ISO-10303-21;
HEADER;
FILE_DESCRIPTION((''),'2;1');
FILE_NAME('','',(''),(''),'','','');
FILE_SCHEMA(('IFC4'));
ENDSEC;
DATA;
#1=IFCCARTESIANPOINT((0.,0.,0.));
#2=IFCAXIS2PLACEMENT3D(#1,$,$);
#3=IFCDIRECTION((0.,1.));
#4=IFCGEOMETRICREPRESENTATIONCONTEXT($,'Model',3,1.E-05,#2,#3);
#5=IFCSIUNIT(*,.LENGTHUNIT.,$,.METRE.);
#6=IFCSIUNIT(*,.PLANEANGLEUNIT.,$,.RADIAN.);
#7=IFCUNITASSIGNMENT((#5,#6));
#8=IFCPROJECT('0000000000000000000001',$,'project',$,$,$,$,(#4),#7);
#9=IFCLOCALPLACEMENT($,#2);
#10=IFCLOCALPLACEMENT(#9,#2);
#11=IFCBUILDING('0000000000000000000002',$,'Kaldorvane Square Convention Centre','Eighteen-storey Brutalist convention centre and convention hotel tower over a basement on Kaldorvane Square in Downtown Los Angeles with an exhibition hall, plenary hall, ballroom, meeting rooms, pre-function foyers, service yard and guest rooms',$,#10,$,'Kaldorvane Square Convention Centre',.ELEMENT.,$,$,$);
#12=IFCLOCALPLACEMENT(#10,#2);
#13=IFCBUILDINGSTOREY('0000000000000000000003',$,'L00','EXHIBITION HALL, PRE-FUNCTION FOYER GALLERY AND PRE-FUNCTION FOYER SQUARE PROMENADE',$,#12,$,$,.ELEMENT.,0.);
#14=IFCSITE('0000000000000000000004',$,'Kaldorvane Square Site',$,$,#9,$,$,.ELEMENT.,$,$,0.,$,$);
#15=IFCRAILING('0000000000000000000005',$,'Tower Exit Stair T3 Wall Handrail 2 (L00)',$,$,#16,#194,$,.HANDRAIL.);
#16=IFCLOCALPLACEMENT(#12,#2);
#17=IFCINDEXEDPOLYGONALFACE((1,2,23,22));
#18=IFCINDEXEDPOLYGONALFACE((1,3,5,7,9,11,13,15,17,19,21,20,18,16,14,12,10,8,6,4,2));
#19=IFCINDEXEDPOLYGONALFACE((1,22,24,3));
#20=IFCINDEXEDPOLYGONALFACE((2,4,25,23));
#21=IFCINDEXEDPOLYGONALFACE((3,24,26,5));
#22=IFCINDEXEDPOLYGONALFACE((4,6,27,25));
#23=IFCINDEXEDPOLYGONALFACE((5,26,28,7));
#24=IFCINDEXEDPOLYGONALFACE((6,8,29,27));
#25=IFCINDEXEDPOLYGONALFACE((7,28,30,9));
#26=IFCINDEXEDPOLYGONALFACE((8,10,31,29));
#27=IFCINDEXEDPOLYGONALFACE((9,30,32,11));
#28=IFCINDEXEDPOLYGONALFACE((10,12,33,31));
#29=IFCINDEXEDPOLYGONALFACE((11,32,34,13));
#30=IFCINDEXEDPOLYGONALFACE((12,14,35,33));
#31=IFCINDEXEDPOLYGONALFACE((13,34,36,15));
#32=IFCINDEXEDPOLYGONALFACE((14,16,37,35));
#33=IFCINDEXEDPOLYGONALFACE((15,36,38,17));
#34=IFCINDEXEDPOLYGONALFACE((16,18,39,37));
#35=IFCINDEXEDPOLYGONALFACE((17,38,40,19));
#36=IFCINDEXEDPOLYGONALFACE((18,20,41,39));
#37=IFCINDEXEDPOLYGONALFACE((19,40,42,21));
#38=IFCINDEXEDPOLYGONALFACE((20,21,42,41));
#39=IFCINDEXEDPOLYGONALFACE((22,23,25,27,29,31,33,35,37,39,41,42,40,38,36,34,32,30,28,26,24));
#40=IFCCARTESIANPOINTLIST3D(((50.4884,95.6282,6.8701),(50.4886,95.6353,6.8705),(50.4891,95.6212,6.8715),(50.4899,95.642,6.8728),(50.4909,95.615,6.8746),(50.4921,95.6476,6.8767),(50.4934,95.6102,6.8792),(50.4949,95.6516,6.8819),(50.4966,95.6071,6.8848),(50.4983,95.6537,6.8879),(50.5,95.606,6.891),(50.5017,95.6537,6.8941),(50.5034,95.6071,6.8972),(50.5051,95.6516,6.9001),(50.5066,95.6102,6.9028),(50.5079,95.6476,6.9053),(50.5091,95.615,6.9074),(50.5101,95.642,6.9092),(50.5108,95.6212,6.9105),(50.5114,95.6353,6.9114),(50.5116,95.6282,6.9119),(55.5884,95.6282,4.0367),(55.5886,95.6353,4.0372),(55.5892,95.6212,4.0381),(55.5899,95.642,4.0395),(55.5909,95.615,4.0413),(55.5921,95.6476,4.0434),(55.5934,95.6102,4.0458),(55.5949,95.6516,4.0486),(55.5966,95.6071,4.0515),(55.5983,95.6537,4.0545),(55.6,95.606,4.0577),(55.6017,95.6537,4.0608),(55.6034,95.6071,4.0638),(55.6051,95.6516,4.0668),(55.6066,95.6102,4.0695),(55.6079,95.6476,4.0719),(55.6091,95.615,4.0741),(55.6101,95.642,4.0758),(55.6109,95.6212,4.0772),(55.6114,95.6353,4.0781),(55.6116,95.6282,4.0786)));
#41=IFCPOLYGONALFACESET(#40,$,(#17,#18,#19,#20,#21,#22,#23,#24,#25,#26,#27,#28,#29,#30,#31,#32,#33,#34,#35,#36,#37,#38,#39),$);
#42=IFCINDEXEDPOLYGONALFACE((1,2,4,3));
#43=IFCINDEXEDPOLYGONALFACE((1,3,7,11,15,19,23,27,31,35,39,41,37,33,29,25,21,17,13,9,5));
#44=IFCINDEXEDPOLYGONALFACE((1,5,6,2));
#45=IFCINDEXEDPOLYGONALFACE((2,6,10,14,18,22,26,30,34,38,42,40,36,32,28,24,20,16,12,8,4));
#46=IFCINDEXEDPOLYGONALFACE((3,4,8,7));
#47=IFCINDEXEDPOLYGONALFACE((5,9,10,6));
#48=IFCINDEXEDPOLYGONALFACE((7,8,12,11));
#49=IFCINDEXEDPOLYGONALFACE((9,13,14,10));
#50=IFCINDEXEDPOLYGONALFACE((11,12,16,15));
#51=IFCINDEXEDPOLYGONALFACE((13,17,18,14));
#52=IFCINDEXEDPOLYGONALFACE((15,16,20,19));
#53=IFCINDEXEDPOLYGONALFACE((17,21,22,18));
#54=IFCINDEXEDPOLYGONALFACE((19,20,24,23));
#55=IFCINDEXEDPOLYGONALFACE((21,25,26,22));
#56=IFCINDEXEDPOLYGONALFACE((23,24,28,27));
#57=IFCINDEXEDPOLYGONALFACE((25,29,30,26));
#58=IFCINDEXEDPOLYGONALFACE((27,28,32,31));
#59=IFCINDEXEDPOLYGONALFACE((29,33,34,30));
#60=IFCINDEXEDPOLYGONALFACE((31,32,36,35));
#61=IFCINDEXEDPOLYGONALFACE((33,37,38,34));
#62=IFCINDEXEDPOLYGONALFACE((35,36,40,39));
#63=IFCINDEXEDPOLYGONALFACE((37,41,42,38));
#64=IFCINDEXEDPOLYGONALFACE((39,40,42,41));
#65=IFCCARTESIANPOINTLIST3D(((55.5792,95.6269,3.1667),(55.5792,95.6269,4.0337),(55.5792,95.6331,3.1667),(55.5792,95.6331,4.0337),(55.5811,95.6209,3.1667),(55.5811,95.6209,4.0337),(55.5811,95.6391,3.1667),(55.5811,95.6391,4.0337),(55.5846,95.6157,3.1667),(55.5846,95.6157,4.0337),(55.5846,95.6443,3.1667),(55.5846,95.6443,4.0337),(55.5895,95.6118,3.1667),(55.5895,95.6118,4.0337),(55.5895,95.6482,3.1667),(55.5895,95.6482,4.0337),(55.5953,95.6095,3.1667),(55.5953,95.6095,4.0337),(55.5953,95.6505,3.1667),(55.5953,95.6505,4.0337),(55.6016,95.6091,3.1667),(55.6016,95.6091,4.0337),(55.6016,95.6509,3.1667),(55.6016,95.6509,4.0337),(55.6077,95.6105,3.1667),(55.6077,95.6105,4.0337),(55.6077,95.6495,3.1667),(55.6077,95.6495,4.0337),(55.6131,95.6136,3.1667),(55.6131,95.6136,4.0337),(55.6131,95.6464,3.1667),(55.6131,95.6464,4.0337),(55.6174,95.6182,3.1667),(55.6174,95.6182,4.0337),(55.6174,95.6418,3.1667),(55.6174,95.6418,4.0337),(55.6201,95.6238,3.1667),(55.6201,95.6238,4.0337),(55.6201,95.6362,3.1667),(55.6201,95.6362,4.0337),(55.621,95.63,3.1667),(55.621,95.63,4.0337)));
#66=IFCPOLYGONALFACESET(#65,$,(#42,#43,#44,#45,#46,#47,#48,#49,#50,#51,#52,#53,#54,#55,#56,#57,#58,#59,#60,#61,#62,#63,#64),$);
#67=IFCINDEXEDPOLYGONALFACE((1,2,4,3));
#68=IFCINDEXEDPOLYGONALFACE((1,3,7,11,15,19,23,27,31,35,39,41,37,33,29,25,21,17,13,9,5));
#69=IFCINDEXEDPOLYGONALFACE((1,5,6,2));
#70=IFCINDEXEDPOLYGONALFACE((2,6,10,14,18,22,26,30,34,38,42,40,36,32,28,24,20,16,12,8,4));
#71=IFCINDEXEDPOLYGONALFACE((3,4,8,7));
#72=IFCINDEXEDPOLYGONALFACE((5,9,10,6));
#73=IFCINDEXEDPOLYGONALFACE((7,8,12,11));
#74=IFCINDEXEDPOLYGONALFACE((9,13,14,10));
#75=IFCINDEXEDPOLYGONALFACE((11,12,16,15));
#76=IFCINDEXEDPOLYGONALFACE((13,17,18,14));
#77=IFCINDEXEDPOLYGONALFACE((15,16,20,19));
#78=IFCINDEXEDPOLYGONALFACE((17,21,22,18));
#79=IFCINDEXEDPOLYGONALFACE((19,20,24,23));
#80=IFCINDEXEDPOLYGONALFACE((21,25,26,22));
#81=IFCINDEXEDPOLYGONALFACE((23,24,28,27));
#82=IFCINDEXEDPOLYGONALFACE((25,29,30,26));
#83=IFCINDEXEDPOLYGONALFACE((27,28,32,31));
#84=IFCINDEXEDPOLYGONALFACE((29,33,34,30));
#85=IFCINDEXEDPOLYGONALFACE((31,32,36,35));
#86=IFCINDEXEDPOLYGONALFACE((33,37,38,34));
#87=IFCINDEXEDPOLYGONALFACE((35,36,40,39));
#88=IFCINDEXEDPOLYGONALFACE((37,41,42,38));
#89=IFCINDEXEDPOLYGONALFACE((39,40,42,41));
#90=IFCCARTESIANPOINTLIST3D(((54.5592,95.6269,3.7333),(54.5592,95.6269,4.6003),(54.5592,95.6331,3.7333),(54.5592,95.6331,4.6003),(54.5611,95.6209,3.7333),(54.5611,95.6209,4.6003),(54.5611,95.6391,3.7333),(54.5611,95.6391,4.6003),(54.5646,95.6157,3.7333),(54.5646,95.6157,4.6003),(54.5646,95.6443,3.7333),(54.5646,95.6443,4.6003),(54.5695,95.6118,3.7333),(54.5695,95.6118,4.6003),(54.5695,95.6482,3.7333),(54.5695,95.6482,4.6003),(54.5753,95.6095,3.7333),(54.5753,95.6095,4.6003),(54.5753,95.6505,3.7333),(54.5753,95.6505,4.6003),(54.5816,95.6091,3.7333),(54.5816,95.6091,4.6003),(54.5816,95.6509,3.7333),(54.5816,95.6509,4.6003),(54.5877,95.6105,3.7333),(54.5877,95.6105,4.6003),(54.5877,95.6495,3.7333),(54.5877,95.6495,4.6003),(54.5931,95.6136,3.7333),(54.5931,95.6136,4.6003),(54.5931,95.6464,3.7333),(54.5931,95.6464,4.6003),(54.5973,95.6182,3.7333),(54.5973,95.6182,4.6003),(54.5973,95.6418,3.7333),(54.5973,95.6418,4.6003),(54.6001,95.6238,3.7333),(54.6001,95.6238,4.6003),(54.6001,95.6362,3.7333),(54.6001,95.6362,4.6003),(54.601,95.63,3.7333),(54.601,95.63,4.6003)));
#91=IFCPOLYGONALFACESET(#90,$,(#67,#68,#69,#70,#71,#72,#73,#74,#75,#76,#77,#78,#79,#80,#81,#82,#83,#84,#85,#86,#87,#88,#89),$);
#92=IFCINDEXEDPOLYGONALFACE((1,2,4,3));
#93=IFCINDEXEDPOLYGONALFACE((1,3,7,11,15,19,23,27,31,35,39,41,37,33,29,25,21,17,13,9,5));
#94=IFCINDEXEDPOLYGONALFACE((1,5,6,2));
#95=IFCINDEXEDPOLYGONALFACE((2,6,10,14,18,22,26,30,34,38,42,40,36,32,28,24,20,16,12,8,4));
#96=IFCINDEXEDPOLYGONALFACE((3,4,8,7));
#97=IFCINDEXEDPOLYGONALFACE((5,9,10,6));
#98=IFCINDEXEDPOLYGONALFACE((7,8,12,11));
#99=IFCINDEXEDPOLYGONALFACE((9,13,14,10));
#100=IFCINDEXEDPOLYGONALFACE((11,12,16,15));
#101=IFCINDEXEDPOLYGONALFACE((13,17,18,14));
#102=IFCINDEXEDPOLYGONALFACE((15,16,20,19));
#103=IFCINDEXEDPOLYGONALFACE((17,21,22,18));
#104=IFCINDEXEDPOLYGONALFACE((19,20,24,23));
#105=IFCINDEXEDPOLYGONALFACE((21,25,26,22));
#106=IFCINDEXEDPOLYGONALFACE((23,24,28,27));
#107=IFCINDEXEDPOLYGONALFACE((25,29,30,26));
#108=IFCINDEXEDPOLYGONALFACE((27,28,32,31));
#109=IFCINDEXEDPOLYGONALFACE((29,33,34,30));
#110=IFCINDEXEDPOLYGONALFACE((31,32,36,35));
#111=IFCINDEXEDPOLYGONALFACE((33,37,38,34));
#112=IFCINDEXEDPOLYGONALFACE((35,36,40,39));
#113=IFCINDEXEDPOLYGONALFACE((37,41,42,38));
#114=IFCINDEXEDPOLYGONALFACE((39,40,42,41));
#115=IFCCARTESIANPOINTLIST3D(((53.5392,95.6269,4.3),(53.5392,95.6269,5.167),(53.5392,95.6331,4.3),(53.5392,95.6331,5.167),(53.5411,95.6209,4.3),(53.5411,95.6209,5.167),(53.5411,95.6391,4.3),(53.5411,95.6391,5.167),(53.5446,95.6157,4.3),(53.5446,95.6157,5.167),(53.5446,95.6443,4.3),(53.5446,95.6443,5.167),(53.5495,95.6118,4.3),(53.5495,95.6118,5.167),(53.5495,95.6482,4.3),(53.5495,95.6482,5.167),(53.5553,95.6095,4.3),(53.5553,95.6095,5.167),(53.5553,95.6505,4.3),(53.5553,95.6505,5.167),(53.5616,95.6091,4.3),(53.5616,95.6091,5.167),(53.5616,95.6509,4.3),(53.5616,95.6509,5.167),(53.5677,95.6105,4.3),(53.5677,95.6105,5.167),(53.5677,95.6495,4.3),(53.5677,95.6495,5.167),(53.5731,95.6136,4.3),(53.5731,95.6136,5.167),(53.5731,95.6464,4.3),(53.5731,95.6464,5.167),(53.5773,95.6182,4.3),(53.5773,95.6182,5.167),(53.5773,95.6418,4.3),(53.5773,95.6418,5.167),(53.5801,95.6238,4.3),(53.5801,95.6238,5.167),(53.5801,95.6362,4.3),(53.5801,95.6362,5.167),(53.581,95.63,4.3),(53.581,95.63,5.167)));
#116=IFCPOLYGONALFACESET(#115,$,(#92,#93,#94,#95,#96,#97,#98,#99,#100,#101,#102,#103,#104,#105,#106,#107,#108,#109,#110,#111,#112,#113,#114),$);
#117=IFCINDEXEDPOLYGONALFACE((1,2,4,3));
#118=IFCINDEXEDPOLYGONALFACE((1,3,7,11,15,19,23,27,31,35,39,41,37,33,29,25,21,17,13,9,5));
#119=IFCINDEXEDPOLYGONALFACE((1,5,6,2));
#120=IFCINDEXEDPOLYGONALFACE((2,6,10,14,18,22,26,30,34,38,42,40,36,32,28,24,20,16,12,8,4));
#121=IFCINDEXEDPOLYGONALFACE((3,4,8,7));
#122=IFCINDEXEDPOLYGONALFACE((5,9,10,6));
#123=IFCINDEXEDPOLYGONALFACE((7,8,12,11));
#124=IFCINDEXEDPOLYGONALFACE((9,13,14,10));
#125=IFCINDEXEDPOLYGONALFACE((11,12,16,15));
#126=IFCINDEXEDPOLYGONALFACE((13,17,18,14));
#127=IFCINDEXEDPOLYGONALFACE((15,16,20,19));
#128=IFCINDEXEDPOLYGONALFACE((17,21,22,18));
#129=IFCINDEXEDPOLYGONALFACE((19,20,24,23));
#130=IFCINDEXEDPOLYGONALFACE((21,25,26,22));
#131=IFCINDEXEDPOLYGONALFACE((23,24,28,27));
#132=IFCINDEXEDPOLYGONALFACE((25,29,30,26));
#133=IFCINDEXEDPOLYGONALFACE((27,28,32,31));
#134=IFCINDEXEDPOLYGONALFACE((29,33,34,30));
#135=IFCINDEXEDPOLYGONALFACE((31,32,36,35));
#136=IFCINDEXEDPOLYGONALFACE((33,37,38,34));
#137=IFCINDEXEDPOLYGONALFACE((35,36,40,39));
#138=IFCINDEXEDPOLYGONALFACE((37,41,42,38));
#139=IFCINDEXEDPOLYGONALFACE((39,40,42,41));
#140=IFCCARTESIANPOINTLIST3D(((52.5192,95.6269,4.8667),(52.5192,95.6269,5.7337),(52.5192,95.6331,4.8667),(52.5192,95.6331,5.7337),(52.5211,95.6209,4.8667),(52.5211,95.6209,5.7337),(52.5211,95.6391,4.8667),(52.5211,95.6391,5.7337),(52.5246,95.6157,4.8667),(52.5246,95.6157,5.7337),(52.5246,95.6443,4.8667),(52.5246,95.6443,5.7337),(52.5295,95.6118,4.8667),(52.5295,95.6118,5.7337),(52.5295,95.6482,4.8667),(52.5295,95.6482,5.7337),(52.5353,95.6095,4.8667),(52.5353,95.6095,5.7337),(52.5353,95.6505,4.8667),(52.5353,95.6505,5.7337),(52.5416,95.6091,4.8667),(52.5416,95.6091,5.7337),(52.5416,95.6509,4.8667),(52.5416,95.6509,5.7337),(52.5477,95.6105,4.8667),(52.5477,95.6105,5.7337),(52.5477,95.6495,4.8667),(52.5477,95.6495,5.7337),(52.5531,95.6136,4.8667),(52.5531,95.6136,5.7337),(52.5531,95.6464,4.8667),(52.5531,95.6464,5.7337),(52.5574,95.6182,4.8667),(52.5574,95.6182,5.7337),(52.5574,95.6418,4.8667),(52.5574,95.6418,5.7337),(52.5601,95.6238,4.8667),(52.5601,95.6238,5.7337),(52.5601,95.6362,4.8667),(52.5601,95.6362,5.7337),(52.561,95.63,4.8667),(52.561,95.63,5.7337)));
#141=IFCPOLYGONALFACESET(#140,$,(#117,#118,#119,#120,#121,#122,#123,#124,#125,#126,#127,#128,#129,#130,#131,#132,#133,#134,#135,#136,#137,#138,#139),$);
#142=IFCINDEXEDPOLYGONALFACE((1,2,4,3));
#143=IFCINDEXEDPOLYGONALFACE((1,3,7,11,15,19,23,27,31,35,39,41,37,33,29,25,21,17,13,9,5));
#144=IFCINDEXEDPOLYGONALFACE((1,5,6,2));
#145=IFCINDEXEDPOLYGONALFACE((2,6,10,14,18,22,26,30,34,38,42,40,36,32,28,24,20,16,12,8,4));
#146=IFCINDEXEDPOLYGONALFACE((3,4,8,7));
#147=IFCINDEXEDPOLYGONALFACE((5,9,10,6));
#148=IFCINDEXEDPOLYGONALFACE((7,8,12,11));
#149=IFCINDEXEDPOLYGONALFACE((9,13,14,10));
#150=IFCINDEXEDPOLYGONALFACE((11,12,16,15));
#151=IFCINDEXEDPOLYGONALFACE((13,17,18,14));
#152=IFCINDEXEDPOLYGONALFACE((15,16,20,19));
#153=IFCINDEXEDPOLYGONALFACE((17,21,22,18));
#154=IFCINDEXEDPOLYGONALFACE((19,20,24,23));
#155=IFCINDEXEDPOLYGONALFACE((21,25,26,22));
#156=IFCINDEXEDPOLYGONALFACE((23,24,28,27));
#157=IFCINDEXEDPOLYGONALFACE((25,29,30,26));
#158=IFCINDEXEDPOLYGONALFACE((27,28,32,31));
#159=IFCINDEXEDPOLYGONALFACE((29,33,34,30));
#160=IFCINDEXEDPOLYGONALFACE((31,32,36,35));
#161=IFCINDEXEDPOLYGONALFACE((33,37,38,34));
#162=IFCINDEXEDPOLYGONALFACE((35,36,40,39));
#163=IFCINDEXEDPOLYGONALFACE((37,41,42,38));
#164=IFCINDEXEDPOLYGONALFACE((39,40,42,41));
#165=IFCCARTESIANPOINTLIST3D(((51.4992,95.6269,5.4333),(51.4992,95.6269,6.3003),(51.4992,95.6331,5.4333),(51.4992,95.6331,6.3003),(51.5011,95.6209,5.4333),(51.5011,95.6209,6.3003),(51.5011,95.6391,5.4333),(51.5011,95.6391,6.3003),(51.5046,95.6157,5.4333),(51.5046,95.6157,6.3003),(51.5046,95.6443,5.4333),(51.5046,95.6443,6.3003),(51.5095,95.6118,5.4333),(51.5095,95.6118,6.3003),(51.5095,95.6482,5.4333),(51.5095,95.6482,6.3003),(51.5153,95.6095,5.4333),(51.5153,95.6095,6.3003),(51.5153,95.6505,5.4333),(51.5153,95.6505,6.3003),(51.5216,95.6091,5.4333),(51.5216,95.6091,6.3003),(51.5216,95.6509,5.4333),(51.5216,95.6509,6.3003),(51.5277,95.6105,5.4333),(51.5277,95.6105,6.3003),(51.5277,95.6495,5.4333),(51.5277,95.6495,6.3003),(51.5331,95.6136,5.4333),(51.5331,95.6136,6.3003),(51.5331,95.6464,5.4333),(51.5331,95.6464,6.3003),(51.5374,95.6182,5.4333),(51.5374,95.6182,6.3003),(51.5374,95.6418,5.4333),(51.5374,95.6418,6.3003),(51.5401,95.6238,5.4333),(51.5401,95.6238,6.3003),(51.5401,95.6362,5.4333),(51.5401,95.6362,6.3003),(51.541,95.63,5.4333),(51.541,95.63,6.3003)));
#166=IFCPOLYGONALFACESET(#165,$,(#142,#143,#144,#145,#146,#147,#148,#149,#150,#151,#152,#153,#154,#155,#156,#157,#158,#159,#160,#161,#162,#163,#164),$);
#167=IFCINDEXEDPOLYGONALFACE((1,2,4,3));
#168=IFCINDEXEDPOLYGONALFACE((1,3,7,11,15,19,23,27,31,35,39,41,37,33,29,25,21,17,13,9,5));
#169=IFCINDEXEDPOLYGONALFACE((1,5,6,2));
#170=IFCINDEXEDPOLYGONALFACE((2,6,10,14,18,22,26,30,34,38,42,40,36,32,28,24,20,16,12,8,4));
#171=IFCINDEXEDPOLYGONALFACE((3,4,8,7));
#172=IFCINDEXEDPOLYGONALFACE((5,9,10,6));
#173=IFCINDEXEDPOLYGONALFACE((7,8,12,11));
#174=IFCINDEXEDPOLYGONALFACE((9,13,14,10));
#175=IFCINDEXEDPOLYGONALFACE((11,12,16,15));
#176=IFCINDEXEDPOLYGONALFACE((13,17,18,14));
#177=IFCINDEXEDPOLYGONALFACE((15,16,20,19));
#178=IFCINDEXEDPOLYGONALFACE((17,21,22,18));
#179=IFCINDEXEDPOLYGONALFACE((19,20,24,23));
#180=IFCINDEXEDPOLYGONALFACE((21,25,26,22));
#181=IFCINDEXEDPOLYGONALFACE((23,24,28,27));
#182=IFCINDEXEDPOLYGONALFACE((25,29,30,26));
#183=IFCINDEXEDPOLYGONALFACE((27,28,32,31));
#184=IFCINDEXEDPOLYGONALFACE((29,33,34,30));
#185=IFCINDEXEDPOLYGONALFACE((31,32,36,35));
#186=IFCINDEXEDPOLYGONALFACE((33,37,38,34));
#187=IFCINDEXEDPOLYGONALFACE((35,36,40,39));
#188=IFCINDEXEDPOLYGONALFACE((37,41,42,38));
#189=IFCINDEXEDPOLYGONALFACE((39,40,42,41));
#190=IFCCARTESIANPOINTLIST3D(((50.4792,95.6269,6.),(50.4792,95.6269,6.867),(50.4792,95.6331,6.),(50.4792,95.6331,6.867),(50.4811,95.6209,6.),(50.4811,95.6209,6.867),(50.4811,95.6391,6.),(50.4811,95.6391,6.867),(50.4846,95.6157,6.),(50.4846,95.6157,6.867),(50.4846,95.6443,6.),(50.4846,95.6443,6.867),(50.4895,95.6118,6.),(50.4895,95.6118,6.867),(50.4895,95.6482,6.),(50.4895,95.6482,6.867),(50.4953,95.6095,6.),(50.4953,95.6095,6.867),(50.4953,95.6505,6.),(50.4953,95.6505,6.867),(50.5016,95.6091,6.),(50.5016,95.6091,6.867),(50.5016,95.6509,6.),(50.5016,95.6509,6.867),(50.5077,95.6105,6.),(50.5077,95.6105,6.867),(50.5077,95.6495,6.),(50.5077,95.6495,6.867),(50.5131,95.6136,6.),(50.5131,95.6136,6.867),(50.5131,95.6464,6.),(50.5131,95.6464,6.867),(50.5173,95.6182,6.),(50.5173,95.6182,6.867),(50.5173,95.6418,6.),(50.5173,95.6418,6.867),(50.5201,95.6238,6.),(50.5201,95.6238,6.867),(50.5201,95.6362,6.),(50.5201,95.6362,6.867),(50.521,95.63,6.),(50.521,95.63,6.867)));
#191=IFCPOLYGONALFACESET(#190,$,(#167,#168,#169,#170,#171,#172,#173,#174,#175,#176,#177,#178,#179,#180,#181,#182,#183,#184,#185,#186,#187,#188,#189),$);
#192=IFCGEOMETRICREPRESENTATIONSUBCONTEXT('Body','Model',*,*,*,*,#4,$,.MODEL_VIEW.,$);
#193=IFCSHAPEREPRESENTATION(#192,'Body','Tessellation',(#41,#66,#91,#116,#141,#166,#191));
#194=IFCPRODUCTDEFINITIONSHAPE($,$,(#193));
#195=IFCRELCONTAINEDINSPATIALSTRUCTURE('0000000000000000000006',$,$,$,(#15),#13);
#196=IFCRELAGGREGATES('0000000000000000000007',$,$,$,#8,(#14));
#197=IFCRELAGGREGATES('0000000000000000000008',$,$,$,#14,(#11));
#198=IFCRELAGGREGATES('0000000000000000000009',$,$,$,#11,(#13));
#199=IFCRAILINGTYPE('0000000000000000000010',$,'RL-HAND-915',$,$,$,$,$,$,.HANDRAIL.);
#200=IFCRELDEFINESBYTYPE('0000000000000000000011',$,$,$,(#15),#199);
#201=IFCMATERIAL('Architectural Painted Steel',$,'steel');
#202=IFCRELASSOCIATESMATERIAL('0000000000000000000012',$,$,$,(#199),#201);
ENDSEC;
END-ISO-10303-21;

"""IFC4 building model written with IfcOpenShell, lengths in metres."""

from ifc_helpers import new_model, si_unit, direction, frame, origin, origin_2d, place, context, subcontext, project, spatial, circle, extrude, material, type_object, element, save


model = new_model("IFC4")

# Units and contexts
model_context = context("Model", 3, precision=1e-05, world=origin(), true_north=direction((0.0, 1.0)))
body_context = subcontext(model_context, "Body", "Model", "MODEL_VIEW")
ifc_project = project(units=[si_unit("LENGTHUNIT", "METRE"), si_unit("PLANEANGLEUNIT", "RADIAN")], contexts=[model_context])

# Site, building, storey
site_placement = place(None, origin())
site = spatial("IfcSite", under=ifc_project, at=site_placement, Name="Kaldorvane Square Site", CompositionType="ELEMENT", RefElevation=0.0)
building_placement = place(site_placement, origin())
building = spatial("IfcBuilding", under=site, at=building_placement, Name="Kaldorvane Square Convention Centre", Description="Eighteen-storey Brutalist convention centre and convention hotel tower over a basement on Kaldorvane Square in Downtown Los Angeles with an exhibition hall, plenary hall, ballroom, meeting rooms, pre-function foyers, service yard and guest rooms", LongName="Kaldorvane Square Convention Centre", CompositionType="ELEMENT")
storey_placement = place(building_placement, origin())
storey = spatial("IfcBuildingStorey", under=building, at=storey_placement, Name="L00", Description="EXHIBITION HALL, PRE-FUNCTION FOYER GALLERY AND PRE-FUNCTION FOYER SQUARE PROMENADE", CompositionType="ELEMENT", Elevation=0.0)

# Railing
ifc_material_1 = material(Name="Architectural Painted Steel", Category="steel")
railing_type_1 = type_object("IfcRailingType", Name="RL-HAND-915", PredefinedType="HANDRAIL", material=ifc_material_1)
railing_1_placement = place(storey_placement, frame((55.6, 95.63, 3.1667)))
element("IfcRailing", 1, at=railing_1_placement, inside=storey, type_object=railing_type_1, Name="Tower Exit Stair T3 Wall Handrail 2 (L00)", PredefinedType="HANDRAIL", context=body_context, shape_type="SweptSolid", body=[
    extrude(circle(Radius=0.024, at=origin_2d()), frame((0.0, 0.0, 0.891), z_axis=(-0.874158, 0.0, 0.485642), x_axis=(0.0, -1.0, 0.0)), (0.0, 0.0, 1.0), 5.8342),
    extrude(circle(Radius=0.021, at=origin_2d()), origin(), (0.0, 0.0, 1.0), 0.867),
    extrude(circle(Radius=0.021, at=origin_2d()), frame((-1.02, 0.0, 0.5667)), (0.0, 0.0, 1.0), 0.867),
    extrude(circle(Radius=0.021, at=origin_2d()), frame((-2.04, 0.0, 1.1333)), (0.0, 0.0, 1.0), 0.867),
    extrude(circle(Radius=0.021, at=origin_2d()), frame((-3.06, 0.0, 1.7)), (0.0, 0.0, 1.0), 0.867),
    extrude(circle(Radius=0.021, at=origin_2d()), frame((-4.08, 0.0, 2.2667)), (0.0, 0.0, 1.0), 0.867),
    extrude(circle(Radius=0.021, at=origin_2d()), frame((-5.1, 0.0, 2.8333)), (0.0, 0.0, 1.0), 0.867),
])

save(model, "model.ifc")
